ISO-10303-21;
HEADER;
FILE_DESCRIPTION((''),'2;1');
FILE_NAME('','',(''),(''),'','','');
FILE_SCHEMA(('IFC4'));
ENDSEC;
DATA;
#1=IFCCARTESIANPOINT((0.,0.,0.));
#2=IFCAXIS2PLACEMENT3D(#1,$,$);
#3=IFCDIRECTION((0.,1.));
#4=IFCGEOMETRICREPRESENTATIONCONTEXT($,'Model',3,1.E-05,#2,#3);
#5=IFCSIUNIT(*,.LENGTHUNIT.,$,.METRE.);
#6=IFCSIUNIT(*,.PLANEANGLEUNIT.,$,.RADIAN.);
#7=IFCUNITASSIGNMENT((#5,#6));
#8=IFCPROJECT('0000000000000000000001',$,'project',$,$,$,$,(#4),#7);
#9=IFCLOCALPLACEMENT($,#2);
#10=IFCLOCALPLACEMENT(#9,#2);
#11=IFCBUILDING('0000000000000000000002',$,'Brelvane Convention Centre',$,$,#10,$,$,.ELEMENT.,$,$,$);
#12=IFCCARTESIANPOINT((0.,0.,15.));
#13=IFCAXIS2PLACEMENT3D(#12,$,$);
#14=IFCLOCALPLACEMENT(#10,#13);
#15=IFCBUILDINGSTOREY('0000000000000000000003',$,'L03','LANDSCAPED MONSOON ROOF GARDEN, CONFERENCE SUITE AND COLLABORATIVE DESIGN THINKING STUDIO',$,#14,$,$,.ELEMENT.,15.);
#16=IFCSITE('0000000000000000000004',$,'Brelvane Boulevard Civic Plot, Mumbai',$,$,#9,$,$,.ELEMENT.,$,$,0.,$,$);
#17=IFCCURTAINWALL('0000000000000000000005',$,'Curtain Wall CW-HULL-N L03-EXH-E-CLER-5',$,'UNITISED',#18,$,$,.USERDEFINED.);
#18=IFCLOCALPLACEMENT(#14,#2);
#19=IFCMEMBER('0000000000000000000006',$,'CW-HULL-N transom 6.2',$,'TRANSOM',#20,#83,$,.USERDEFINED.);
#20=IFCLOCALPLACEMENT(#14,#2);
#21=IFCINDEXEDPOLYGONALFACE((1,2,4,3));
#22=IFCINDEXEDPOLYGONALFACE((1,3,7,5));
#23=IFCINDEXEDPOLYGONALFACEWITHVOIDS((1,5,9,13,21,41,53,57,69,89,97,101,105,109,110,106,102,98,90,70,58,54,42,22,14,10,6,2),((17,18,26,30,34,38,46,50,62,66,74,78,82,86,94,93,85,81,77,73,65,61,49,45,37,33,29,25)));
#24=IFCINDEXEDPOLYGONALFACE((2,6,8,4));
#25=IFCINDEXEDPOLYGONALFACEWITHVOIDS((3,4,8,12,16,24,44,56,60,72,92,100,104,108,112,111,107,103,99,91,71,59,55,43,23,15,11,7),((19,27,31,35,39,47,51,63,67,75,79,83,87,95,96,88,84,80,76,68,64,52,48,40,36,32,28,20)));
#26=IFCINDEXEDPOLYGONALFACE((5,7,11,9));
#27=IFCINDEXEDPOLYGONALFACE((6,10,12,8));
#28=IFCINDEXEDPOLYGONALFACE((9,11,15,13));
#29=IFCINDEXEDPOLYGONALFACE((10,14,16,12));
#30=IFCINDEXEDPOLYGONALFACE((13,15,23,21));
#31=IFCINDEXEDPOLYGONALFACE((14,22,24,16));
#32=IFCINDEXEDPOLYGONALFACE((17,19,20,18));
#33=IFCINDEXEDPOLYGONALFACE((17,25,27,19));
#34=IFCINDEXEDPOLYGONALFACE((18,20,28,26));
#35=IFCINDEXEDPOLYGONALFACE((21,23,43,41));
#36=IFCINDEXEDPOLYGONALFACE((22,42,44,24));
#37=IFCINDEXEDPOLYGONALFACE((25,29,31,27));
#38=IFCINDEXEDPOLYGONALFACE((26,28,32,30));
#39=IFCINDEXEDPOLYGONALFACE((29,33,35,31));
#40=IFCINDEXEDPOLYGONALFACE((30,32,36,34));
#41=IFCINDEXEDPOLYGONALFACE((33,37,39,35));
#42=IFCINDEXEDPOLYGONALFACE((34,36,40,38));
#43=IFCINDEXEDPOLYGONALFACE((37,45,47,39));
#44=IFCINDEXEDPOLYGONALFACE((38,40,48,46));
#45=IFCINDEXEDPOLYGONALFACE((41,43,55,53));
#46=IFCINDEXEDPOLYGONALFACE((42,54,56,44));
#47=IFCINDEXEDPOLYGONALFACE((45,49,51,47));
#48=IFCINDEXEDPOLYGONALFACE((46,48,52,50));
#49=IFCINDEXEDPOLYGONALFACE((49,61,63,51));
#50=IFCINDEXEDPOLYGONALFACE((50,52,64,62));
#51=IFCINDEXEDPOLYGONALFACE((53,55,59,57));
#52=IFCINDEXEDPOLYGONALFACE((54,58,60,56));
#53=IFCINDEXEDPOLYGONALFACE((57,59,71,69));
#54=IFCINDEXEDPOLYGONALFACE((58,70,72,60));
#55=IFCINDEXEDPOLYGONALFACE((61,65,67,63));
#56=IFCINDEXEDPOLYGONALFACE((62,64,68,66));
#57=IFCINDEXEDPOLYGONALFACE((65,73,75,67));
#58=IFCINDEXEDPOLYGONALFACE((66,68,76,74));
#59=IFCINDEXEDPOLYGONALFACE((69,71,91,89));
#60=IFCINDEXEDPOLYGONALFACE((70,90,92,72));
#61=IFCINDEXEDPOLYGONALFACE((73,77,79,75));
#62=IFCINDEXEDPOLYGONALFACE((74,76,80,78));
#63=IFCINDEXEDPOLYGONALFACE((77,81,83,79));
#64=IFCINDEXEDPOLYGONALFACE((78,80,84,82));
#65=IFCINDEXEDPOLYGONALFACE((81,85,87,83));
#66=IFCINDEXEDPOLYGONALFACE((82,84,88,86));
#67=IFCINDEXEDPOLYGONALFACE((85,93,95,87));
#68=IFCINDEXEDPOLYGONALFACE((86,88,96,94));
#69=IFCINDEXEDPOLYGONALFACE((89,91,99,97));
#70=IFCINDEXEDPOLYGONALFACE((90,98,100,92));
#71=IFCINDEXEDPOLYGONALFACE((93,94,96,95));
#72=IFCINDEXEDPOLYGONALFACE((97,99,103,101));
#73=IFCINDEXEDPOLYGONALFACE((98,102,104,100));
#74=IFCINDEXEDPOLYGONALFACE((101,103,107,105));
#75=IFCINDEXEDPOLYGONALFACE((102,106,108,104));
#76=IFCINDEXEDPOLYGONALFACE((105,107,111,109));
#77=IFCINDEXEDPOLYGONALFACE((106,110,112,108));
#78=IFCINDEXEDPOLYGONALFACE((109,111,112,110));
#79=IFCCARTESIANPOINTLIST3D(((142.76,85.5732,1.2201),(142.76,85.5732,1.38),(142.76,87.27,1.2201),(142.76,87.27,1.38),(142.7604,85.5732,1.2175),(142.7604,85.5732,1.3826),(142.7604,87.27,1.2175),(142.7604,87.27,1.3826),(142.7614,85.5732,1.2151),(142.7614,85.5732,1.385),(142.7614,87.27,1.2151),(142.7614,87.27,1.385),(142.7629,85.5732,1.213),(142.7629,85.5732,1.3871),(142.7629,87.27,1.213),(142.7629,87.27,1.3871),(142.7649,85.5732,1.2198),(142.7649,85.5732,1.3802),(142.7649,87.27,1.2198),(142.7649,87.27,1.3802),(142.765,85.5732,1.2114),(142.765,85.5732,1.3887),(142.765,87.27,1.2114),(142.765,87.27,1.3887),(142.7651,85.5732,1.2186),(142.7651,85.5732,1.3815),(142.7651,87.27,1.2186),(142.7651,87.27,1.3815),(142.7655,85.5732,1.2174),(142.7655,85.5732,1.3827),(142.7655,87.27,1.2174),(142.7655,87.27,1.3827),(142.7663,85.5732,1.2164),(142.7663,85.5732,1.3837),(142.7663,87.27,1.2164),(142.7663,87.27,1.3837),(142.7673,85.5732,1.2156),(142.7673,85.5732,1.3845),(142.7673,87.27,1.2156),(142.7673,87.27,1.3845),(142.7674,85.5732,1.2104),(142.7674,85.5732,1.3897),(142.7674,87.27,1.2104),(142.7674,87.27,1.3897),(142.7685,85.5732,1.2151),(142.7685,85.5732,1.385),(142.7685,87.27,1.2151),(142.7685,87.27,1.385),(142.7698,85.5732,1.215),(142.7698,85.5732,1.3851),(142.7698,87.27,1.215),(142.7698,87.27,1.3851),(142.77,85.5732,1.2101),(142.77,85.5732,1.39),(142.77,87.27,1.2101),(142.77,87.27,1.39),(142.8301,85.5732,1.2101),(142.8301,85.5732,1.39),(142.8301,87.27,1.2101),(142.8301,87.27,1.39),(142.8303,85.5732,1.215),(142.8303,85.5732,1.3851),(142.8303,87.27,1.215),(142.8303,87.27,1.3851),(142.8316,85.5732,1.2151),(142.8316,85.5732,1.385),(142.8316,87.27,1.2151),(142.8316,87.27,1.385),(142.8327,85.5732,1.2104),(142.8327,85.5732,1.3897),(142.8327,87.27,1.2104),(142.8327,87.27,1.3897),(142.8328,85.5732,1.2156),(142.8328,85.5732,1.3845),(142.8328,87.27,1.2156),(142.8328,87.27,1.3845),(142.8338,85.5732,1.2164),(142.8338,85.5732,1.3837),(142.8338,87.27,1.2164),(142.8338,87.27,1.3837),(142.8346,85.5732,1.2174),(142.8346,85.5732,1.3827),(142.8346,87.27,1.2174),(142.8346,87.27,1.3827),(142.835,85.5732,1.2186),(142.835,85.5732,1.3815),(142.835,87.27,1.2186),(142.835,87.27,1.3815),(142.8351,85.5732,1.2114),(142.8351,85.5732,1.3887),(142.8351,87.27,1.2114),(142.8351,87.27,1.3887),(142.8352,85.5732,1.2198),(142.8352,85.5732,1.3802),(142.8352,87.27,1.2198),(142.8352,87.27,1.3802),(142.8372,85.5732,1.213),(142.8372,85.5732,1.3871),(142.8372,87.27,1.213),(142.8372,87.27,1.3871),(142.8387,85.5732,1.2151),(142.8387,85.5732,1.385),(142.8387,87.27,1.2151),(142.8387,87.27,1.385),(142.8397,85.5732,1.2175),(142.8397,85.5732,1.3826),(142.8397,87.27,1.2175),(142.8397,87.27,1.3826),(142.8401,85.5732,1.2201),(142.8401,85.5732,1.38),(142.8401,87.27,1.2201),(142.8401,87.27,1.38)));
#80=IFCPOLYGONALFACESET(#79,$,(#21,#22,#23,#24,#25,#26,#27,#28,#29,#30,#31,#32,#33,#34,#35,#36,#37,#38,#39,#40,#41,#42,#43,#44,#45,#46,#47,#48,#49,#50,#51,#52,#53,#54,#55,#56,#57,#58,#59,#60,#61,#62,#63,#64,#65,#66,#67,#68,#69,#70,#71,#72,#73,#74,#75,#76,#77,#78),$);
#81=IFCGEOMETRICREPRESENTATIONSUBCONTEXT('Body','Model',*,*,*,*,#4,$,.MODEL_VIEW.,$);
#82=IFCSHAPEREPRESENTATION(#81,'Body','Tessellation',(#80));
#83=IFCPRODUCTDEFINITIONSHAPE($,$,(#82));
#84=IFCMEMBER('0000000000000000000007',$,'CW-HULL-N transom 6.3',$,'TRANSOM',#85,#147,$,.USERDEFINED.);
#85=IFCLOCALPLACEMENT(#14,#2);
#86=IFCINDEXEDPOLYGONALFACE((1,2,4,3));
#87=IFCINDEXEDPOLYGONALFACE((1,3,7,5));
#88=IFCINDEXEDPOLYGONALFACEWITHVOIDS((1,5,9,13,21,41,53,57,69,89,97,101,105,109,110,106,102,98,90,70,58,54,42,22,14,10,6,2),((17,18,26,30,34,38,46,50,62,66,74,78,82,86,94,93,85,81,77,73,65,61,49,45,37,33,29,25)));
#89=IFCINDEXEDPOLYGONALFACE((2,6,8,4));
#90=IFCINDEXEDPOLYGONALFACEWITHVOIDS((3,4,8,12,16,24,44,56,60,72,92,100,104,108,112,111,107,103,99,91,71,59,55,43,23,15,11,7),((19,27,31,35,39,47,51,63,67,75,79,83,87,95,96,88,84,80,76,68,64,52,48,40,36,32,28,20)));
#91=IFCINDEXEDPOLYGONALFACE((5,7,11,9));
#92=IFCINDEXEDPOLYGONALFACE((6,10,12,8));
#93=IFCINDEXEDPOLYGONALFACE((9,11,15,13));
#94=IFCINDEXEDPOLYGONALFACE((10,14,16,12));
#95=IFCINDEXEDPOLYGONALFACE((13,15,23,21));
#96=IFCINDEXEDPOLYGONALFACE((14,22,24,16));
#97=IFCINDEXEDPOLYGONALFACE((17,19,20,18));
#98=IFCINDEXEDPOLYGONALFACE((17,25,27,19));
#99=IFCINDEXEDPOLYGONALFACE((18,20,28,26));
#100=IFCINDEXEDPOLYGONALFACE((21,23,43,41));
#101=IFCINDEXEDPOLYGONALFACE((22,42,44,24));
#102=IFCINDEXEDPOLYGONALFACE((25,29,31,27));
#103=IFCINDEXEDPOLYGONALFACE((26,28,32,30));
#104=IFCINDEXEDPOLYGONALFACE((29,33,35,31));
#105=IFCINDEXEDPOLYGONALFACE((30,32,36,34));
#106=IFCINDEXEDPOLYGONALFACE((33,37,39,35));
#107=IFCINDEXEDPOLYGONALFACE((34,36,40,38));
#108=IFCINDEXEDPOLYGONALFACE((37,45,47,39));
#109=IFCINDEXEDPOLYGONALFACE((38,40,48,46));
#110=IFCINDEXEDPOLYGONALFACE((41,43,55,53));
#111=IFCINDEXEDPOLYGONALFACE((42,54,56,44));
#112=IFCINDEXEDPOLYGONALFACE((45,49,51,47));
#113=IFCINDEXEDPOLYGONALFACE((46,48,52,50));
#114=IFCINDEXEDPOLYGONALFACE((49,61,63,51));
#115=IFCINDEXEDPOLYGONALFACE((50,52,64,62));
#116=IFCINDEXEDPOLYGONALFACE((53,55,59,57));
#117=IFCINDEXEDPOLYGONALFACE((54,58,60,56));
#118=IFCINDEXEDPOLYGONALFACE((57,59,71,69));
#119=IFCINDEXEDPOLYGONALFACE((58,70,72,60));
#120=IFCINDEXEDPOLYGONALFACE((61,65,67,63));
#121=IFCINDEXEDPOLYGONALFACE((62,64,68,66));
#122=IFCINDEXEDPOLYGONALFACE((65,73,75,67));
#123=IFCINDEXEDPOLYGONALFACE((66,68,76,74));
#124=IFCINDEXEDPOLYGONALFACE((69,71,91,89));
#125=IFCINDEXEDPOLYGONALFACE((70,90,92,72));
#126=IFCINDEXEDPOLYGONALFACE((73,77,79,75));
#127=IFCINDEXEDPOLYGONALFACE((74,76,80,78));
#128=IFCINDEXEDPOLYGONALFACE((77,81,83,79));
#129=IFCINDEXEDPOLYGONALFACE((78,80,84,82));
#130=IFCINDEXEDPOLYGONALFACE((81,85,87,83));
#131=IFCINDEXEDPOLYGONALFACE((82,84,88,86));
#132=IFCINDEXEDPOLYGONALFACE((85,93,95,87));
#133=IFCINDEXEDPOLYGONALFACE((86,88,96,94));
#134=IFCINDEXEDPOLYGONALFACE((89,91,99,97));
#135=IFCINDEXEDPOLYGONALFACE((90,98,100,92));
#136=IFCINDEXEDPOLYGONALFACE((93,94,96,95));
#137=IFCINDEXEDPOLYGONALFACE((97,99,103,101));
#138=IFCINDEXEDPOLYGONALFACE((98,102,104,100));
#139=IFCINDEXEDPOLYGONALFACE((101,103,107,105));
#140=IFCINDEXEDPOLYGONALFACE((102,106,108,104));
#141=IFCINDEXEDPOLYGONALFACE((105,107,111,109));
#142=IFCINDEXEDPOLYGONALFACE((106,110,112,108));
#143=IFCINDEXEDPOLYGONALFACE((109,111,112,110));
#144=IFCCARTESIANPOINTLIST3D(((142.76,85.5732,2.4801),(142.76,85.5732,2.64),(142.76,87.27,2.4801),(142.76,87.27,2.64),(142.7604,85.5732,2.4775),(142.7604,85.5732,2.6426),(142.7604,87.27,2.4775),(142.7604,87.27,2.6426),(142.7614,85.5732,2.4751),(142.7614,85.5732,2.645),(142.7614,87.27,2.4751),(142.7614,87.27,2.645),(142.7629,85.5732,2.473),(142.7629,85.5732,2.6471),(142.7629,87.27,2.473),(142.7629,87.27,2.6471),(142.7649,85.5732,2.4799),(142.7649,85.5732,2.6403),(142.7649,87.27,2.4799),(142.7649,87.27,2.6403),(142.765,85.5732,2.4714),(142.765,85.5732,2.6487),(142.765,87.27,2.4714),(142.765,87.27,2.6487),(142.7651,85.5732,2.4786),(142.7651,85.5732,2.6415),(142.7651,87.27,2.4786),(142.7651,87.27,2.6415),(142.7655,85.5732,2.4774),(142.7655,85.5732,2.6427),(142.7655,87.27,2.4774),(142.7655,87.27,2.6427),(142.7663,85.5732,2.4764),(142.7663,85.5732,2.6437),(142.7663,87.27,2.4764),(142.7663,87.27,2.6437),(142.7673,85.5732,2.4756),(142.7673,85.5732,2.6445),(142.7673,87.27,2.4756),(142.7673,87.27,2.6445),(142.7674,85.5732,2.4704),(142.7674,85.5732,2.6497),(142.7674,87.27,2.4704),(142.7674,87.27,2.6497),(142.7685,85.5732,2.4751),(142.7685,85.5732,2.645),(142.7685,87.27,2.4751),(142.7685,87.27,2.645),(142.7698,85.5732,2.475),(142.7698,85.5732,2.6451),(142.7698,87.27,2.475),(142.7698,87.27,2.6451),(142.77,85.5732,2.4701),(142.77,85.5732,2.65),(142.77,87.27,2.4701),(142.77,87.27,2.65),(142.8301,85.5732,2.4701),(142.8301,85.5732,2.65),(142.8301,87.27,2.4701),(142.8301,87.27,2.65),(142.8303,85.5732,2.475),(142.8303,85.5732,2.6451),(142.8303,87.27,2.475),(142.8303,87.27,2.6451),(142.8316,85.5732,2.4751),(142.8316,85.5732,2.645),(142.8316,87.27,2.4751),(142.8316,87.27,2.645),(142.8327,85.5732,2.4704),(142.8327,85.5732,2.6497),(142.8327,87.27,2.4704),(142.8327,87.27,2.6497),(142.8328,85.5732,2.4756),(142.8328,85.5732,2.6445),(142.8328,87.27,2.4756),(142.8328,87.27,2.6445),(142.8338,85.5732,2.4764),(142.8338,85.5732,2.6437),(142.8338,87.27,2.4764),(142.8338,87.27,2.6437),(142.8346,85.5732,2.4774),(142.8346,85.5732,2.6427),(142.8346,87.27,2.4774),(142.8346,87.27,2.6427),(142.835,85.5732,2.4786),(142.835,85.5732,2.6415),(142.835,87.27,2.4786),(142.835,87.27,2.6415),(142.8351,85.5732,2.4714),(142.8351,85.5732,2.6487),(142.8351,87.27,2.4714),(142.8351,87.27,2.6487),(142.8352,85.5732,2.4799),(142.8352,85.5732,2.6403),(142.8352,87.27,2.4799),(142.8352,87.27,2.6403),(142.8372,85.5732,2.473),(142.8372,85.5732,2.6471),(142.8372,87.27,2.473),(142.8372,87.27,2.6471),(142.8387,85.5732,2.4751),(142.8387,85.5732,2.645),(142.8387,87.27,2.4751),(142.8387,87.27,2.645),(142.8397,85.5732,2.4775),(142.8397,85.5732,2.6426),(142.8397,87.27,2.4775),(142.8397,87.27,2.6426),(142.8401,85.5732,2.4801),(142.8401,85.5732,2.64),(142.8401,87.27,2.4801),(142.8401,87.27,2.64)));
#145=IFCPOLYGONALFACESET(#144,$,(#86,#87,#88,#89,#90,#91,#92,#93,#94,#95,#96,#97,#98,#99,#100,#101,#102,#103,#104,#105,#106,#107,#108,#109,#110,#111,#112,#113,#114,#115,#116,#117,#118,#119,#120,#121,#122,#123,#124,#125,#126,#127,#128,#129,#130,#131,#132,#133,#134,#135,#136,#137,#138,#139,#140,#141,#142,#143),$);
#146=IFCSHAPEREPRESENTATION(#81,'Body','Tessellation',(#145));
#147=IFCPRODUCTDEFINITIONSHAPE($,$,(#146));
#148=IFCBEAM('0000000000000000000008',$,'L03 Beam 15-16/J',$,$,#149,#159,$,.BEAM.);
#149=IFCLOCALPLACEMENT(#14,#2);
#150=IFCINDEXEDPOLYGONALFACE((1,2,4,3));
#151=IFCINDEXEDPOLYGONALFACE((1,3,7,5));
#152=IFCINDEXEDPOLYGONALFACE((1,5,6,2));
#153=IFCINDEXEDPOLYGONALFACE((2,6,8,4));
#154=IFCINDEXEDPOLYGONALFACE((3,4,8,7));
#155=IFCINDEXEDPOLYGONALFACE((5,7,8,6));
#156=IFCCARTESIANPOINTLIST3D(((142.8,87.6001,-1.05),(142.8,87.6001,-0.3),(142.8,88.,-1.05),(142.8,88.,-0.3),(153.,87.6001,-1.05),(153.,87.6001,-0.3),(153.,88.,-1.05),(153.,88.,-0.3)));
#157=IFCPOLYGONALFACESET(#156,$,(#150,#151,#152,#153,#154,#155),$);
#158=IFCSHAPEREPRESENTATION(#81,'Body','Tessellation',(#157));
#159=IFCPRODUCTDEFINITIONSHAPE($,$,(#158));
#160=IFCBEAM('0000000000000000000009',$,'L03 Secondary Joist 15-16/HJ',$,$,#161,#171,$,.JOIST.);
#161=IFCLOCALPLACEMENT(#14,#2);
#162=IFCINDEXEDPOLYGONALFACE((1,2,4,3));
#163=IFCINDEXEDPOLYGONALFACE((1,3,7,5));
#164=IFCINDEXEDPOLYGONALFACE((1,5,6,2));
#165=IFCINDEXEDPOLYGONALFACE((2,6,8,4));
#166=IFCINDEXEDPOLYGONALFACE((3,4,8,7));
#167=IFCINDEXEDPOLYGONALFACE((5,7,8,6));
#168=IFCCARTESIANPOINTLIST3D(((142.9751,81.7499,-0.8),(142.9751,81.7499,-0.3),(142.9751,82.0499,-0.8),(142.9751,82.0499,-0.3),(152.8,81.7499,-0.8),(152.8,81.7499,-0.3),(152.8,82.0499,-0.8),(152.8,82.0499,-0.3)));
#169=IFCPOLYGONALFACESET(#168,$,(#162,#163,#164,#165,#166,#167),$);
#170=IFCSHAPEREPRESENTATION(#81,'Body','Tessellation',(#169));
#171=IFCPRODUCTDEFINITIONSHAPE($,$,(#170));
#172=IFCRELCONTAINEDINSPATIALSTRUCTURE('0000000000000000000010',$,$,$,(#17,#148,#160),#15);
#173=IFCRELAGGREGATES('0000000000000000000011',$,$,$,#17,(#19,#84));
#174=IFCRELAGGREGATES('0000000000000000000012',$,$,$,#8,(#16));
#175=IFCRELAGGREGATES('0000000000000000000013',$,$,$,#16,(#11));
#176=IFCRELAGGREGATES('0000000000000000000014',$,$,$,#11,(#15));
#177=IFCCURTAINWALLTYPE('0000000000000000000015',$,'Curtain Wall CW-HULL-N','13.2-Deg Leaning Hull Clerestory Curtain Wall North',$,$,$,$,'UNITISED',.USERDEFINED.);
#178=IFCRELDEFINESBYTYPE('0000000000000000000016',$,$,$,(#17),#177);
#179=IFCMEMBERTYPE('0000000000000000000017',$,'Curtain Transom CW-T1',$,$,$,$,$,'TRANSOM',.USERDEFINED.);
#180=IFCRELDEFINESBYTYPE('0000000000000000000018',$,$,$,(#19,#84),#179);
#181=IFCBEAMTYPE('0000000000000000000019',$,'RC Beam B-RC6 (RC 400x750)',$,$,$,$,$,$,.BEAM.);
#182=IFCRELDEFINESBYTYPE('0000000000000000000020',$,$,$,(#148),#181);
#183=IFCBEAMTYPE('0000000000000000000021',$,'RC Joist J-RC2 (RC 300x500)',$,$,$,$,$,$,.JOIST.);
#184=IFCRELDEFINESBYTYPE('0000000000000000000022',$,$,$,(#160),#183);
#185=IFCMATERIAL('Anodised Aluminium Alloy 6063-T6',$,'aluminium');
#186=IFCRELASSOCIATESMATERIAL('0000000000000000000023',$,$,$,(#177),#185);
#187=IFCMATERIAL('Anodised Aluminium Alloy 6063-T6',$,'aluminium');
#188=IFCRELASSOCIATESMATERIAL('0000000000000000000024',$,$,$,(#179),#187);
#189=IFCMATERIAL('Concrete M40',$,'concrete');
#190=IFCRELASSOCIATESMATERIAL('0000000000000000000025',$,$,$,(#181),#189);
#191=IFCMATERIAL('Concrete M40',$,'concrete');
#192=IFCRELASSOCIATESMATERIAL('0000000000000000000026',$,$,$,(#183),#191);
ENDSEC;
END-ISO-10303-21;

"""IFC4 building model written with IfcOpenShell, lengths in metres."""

from ifc_helpers import new_model, si_unit, direction, frame, origin, origin_2d, place, context, subcontext, project, spatial, rectangle, hollow_rectangle, extrude, material, material_profile, profile_set, type_object, element, aggregate, save


model = new_model("IFC4")

# Units and contexts
model_context = context("Model", 3, precision=1e-05, world=origin(), true_north=direction((0.0, 1.0)))
body_context = subcontext(model_context, "Body", "Model", "MODEL_VIEW")
ifc_project = project(units=[si_unit("LENGTHUNIT", "METRE"), si_unit("PLANEANGLEUNIT", "RADIAN")], contexts=[model_context])

# Site, building, storey
site_placement = place(None, origin())
site = spatial("IfcSite", under=ifc_project, at=site_placement, Name="Brelvane Boulevard Civic Plot, Mumbai", CompositionType="ELEMENT", RefElevation=0.0)
building_placement = place(site_placement, origin())
building = spatial("IfcBuilding", under=site, at=building_placement, Name="Brelvane Convention Centre", CompositionType="ELEMENT")
storey_placement = place(building_placement, frame((0.0, 0.0, 15.0)))
storey = spatial("IfcBuildingStorey", under=building, at=storey_placement, Name="L03", Description="LANDSCAPED MONSOON ROOF GARDEN, CONFERENCE SUITE AND COLLABORATIVE DESIGN THINKING STUDIO", CompositionType="ELEMENT", Elevation=15.0)

# Curtain wall
ifc_material_1 = material(Name="Anodised Aluminium Alloy 6063-T6", Category="aluminium")
curtain_wall_type = type_object("IfcCurtainWallType", Name="Curtain Wall CW-HULL-N", Description="13.2-Deg Leaning Hull Clerestory Curtain Wall North", ElementType="UNITISED", PredefinedType="USERDEFINED", material=ifc_material_1)
curtain_wall_1_placement = place(storey_placement, origin())
curtain_wall_1 = element("IfcCurtainWall", 1, at=curtain_wall_1_placement, inside=storey, type_object=curtain_wall_type, Name="Curtain Wall CW-HULL-N L03-EXH-E-CLER-5", ObjectType="UNITISED", PredefinedType="USERDEFINED")

# Members
ifc_material_2 = material(Name="Anodised Aluminium Alloy 6063-T6", Category="aluminium")
ifc_material_profile_1 = material_profile(ifc_material_2, hollow_rectangle(XDim=0.0801, YDim=0.1799, WallThickness=0.0049, InnerFilletRadius=0.0049, OuterFilletRadius=0.01, at=origin_2d()), Name="ALU-T 180x80x5.0")
ifc_profile_set_1 = profile_set([ifc_material_profile_1], Name="Anodised Aluminium Alloy 6063-T6")
member_type_1 = type_object("IfcMemberType", Name="Curtain Transom CW-T1", ElementType="TRANSOM", PredefinedType="USERDEFINED", material=ifc_profile_set_1)
member_1_placement = place(storey_placement, frame((142.8, 85.5732, 1.3), z_axis=(0.0, 1.0, 0.0), x_axis=(-1.0, 0.0, 0.0)))
member_1 = element("IfcMember", 2, at=member_1_placement, type_object=member_type_1, Name="CW-HULL-N transom 6.2", ObjectType="TRANSOM", PredefinedType="USERDEFINED", context=body_context, shape_type="SweptSolid", body=[
    extrude(hollow_rectangle(XDim=0.0801, YDim=0.1799, WallThickness=0.0049, InnerFilletRadius=0.0049, OuterFilletRadius=0.01, at=origin_2d()), origin(), (0.0, 0.0, 1.0), 1.6968),
])
member_2_placement = place(storey_placement, frame((142.8, 85.5732, 2.5601), z_axis=(0.0, 1.0, 0.0), x_axis=(-1.0, 0.0, 0.0)))
member_2 = element("IfcMember", 3, at=member_2_placement, type_object=member_type_1, Name="CW-HULL-N transom 6.3", ObjectType="TRANSOM", PredefinedType="USERDEFINED", context=body_context, shape_type="SweptSolid", body=[
    extrude(hollow_rectangle(XDim=0.0801, YDim=0.1799, WallThickness=0.0049, InnerFilletRadius=0.0049, OuterFilletRadius=0.01, at=origin_2d()), origin(), (0.0, 0.0, 1.0), 1.6968),
])

# Beams
ifc_material_3 = material(Name="Concrete M40", Category="concrete")
ifc_material_profile_2 = material_profile(ifc_material_3, rectangle(XDim=0.3999, YDim=0.75, at=origin_2d()), Name="RC 400x750")
ifc_profile_set_2 = profile_set([ifc_material_profile_2], Name="Concrete M40")
beam_type_1 = type_object("IfcBeamType", Name="RC Beam B-RC6 (RC 400x750)", PredefinedType="BEAM", material=ifc_profile_set_2)
beam_1_placement = place(storey_placement, frame((142.8, 87.8, -0.675), z_axis=(1.0, 0.0, 0.0), x_axis=(0.0, 1.0, 0.0)))
element("IfcBeam", 4, at=beam_1_placement, inside=storey, type_object=beam_type_1, Name="L03 Beam 15-16/J", PredefinedType="BEAM", context=body_context, shape_type="SweptSolid", body=[
    extrude(rectangle(XDim=0.3999, YDim=0.75, at=origin_2d()), origin(), (0.0, 0.0, 1.0), 10.2),
])
ifc_material_4 = material(Name="Concrete M40", Category="concrete")
ifc_material_profile_3 = material_profile(ifc_material_4, rectangle(XDim=0.3, YDim=0.5, at=origin_2d()), Name="RC 300x500")
ifc_profile_set_3 = profile_set([ifc_material_profile_3], Name="Concrete M40")
beam_type_2 = type_object("IfcBeamType", Name="RC Joist J-RC2 (RC 300x500)", PredefinedType="JOIST", material=ifc_profile_set_3)
beam_2_placement = place(storey_placement, frame((142.9751, 81.8999, -0.55), z_axis=(1.0, 0.0, 0.0), x_axis=(0.0, 1.0, 0.0)))
element("IfcBeam", 5, at=beam_2_placement, inside=storey, type_object=beam_type_2, Name="L03 Secondary Joist 15-16/HJ", PredefinedType="JOIST", context=body_context, shape_type="SweptSolid", body=[
    extrude(rectangle(XDim=0.3, YDim=0.5, at=origin_2d()), origin(), (0.0, 0.0, 1.0), 9.825),
])

aggregate(curtain_wall_1, [member_1, member_2])

save(model, "model.ifc")
